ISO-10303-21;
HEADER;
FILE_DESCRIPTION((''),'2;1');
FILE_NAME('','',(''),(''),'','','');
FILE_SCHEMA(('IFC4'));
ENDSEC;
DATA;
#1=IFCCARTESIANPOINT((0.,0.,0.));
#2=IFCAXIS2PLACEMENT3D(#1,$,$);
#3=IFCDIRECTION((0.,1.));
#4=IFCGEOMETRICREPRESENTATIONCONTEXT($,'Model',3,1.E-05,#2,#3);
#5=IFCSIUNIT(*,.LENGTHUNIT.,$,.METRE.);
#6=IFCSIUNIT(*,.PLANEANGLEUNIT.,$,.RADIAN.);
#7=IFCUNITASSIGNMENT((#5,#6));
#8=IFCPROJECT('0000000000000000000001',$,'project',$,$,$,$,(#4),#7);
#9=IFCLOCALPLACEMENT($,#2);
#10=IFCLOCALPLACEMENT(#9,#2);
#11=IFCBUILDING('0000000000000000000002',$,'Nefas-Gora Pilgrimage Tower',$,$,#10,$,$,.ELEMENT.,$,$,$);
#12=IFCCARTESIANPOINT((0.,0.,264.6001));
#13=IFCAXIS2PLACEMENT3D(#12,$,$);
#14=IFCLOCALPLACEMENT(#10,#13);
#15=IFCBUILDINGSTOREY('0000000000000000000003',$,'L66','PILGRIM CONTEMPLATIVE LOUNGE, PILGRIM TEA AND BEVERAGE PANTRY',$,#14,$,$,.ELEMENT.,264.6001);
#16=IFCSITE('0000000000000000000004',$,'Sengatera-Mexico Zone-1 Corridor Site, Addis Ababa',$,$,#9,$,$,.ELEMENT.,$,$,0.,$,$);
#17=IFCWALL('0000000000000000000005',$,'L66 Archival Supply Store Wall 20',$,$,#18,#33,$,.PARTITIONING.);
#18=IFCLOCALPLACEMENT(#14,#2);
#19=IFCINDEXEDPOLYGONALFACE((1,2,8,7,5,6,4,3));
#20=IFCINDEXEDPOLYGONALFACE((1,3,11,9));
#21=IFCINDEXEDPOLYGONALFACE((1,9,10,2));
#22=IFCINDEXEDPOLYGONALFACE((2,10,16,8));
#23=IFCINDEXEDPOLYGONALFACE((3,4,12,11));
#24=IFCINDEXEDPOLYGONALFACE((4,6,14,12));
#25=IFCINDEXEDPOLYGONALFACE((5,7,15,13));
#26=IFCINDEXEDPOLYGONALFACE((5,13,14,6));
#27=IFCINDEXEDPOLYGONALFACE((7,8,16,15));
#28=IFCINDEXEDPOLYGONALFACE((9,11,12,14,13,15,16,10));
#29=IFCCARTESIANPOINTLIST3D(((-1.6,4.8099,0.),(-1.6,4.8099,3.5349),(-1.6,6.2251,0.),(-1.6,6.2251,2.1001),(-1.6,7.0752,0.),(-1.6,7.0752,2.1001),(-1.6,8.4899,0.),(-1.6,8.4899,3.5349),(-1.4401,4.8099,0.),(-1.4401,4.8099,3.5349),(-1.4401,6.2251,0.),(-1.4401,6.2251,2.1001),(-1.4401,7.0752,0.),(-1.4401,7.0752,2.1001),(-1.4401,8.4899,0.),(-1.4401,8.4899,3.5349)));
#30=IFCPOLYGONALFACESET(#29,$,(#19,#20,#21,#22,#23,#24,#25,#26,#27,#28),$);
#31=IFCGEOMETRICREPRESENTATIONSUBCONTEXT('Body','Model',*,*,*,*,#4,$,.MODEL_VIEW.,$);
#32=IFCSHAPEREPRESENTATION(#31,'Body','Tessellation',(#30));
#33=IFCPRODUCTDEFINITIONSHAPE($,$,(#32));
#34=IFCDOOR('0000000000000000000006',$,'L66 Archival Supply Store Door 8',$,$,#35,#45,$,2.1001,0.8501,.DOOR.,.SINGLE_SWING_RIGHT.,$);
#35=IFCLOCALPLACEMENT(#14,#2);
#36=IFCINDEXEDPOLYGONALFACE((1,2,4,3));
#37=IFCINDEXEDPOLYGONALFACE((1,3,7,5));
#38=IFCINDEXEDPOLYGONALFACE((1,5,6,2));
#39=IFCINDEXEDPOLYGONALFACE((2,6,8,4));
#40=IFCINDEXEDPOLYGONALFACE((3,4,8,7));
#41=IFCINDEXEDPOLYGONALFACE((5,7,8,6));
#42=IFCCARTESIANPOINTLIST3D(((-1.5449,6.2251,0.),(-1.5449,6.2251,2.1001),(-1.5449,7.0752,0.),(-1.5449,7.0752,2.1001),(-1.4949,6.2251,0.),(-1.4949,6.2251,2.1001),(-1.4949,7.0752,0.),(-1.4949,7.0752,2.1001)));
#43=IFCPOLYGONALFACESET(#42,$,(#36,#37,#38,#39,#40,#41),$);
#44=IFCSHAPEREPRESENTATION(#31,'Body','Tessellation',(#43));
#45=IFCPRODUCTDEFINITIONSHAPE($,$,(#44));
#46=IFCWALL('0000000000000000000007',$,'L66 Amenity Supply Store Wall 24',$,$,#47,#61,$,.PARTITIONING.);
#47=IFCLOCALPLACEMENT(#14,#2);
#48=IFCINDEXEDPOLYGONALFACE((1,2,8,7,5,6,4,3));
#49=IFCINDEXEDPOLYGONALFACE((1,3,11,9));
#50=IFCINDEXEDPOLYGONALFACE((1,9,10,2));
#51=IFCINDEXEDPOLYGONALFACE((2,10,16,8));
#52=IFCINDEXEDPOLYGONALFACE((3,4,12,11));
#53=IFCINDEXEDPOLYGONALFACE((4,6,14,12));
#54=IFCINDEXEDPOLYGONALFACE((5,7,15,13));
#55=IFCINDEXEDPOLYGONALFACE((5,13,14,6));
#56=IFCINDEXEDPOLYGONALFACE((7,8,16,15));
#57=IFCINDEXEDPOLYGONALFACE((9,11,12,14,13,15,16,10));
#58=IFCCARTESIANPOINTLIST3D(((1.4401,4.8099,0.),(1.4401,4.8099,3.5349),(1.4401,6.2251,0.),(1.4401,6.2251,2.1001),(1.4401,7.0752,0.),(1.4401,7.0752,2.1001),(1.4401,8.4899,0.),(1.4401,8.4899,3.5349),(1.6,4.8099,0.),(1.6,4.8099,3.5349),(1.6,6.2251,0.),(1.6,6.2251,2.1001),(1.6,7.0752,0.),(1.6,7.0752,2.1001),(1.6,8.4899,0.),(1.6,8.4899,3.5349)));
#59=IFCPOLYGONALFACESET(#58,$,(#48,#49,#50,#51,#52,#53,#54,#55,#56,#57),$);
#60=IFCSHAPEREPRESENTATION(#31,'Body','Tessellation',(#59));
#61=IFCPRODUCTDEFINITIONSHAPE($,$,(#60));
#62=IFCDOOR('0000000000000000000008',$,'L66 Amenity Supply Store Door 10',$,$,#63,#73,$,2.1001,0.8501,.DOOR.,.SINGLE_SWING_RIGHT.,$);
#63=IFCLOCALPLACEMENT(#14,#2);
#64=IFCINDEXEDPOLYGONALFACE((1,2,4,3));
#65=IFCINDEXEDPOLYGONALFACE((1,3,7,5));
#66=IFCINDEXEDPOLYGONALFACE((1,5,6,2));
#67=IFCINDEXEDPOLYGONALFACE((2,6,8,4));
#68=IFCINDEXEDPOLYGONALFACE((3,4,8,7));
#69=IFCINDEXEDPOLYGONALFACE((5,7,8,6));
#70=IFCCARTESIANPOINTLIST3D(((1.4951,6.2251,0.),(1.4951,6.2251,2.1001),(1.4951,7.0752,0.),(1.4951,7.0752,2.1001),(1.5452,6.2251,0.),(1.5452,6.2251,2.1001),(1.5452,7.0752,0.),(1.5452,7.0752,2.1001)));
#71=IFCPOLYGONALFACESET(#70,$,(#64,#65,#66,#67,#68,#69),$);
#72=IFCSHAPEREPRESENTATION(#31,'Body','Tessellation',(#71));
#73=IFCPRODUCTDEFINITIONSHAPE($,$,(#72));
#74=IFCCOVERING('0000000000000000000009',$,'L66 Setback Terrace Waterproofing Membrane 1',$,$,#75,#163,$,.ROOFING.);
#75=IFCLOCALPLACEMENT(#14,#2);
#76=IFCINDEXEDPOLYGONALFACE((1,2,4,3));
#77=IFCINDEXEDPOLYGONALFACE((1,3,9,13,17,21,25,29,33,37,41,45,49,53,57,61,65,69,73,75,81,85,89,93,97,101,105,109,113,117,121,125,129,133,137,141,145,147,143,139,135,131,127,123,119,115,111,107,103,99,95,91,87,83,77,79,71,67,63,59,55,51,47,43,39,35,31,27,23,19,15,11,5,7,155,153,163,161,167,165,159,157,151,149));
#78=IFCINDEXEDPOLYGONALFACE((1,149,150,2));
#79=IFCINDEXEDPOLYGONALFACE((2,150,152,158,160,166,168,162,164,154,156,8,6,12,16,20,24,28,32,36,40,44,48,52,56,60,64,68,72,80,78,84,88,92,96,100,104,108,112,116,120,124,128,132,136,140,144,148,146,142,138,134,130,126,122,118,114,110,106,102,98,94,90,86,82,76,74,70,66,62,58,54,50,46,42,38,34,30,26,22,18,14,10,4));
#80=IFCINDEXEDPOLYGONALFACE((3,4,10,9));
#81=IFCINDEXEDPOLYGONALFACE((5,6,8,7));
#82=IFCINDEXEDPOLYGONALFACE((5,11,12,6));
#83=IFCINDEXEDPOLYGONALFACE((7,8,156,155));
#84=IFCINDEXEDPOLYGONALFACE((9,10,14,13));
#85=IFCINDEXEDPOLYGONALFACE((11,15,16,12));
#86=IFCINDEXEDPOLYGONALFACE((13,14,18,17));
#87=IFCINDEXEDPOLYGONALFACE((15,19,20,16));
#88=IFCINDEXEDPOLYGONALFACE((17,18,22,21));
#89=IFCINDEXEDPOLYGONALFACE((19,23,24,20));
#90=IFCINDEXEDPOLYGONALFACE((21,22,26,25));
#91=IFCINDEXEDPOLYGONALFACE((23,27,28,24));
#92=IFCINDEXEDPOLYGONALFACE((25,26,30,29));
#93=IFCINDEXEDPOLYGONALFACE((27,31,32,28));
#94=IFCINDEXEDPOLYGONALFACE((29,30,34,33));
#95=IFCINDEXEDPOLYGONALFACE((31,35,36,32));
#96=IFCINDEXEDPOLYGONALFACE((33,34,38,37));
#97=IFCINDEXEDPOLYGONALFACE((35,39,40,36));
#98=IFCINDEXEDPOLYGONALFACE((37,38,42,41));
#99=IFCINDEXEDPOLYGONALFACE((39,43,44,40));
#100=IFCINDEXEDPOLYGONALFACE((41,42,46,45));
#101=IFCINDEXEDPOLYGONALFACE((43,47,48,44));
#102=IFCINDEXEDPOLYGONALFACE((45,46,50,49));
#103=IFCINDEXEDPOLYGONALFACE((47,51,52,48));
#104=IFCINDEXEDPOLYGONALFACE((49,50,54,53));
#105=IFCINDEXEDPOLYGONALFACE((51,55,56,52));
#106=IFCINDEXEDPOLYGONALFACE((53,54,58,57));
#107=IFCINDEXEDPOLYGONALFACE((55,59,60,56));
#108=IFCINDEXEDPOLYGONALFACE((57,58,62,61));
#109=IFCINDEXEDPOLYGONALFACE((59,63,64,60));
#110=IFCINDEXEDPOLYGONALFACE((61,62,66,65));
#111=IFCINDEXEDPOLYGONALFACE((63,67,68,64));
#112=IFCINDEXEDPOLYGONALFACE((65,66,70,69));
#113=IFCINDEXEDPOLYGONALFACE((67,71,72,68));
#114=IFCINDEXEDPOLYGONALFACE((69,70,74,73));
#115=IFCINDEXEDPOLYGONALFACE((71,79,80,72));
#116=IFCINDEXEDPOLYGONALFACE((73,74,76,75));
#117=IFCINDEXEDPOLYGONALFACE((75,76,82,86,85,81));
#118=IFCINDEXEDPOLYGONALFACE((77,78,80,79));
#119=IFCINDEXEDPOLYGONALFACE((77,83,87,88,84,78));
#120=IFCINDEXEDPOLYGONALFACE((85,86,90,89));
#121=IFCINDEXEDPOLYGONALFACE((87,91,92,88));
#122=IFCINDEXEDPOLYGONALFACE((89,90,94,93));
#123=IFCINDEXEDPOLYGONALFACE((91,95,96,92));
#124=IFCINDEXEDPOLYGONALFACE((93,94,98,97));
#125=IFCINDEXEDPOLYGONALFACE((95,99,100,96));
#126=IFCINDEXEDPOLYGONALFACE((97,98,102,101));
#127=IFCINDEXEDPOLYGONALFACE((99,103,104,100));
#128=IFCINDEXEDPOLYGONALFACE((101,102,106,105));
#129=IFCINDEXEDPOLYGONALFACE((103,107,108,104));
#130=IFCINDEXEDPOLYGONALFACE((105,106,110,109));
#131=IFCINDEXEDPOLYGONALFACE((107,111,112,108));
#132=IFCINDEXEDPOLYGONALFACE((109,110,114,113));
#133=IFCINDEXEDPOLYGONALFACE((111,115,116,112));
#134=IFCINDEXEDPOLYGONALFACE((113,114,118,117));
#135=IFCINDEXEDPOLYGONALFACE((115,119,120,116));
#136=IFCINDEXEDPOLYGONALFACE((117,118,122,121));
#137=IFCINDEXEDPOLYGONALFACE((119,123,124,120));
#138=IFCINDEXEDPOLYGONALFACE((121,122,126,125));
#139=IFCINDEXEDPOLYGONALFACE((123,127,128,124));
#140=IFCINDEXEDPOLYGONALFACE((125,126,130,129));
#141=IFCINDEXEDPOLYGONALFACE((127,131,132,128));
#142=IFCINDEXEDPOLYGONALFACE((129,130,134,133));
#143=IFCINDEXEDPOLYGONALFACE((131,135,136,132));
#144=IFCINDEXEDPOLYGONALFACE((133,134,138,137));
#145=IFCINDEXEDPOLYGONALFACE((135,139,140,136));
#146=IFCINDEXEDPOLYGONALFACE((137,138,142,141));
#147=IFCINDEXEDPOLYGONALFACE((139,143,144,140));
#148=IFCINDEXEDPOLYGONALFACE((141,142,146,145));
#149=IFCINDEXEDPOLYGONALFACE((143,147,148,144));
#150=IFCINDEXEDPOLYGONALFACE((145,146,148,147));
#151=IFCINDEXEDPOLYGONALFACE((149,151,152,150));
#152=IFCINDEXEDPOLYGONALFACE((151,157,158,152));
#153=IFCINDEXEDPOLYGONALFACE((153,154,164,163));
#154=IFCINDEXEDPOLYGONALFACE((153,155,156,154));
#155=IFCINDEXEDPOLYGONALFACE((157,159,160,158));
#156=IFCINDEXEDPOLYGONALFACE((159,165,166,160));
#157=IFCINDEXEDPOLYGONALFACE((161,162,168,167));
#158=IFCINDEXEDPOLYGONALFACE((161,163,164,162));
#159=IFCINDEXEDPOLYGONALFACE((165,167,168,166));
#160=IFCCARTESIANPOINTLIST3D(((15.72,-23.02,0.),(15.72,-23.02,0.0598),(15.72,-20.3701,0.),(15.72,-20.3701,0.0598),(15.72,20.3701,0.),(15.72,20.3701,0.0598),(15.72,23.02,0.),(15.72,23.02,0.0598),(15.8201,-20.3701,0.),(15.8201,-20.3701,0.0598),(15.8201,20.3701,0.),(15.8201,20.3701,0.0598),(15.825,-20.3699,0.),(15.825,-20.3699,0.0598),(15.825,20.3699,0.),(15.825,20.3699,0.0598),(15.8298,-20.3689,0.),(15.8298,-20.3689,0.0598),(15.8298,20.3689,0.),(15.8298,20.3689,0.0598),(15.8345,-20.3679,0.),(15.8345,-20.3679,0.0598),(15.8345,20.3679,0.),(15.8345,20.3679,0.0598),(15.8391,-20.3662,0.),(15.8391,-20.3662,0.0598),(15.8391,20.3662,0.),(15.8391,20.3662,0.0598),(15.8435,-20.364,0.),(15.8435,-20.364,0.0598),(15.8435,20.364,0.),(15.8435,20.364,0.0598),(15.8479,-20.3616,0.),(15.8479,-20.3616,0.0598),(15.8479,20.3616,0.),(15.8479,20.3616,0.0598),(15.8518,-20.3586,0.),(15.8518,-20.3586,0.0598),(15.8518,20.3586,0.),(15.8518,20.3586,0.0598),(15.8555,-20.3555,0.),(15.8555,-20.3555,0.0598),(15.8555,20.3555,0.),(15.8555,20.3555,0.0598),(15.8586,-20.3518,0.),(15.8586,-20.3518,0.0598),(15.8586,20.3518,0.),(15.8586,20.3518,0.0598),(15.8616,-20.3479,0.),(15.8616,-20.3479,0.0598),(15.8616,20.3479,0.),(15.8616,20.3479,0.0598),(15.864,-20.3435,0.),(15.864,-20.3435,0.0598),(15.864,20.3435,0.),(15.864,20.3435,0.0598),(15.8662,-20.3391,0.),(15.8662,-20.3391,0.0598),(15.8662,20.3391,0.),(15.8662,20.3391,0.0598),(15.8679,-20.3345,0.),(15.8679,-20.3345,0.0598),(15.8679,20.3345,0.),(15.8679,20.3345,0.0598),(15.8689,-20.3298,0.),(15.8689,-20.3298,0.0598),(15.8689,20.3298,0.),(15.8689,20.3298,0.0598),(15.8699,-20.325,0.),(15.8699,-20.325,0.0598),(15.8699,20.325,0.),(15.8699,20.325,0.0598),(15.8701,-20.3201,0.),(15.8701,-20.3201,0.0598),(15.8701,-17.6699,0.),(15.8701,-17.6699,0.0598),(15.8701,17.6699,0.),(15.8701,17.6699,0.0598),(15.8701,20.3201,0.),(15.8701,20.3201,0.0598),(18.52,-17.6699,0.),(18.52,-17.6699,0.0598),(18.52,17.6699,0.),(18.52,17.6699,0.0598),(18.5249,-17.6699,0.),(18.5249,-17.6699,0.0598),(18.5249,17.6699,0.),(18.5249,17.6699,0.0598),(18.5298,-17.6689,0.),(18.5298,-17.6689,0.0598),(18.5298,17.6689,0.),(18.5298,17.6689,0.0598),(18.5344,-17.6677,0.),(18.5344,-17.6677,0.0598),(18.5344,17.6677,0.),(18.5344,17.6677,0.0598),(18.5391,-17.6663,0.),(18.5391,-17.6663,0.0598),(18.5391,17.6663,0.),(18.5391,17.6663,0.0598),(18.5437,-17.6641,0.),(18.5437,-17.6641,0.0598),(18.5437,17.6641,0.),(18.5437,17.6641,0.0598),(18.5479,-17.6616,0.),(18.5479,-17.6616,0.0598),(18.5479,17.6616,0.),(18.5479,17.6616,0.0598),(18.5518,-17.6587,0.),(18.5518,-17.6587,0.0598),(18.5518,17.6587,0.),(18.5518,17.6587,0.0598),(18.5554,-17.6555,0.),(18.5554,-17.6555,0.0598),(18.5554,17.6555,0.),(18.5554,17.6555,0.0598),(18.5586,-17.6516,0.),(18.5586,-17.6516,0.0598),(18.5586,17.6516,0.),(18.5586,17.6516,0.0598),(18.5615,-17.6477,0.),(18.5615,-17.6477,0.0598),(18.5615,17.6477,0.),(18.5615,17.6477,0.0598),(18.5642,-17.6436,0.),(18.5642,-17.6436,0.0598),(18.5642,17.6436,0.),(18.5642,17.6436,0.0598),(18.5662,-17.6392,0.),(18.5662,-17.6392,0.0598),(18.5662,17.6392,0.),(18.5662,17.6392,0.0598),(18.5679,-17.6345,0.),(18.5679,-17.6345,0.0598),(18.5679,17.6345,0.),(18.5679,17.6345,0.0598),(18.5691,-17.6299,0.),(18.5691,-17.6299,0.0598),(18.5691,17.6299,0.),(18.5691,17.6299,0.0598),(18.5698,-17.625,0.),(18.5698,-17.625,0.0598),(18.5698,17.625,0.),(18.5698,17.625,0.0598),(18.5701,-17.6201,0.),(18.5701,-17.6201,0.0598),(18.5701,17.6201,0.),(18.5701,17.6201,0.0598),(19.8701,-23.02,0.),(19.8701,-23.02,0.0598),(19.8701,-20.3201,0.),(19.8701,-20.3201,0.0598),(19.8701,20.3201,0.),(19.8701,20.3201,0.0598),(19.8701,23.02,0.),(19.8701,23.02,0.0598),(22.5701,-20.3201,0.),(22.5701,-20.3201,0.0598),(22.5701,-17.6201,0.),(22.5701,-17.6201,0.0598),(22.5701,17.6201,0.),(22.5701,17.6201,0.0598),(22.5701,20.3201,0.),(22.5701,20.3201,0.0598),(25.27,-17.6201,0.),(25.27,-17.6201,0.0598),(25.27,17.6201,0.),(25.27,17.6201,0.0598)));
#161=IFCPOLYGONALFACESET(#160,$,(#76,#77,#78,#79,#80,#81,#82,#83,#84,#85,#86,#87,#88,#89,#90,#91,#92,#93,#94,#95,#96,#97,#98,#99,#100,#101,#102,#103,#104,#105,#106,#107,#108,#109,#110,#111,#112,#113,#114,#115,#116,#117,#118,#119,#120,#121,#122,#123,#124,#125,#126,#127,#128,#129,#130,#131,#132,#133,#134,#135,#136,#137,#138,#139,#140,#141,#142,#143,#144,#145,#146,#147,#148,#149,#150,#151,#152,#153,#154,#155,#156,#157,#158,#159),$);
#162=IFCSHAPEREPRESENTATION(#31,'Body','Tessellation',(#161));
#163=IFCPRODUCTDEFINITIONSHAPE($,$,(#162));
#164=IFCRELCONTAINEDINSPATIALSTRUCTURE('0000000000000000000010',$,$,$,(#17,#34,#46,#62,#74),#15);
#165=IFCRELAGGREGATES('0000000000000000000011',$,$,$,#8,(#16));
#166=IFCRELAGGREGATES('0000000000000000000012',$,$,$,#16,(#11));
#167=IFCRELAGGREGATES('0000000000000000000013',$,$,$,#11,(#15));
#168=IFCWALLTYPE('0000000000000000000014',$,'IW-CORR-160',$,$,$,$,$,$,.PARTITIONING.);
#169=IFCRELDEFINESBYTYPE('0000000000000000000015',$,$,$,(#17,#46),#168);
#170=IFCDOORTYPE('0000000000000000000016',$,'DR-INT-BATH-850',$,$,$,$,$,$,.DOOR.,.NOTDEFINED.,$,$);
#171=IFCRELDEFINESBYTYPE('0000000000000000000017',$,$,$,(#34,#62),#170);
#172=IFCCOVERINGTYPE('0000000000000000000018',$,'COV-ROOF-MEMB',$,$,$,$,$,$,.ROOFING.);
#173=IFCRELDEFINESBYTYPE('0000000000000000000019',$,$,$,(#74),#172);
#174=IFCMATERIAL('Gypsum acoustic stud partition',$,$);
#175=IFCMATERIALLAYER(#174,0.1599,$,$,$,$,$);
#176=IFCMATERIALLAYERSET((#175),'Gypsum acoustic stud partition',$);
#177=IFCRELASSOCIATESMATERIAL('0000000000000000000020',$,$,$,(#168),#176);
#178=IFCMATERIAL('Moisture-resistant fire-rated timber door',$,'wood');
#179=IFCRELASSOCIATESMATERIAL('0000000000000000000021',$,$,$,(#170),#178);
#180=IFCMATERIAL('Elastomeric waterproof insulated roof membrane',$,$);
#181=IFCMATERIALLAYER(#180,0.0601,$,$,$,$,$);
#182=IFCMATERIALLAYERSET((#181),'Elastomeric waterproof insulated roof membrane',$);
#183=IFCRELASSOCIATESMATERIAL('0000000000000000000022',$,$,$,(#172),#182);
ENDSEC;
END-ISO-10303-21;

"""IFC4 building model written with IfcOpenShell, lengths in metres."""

from ifc_helpers import new_model, si_unit, direction, frame, frame_2d, origin, place, context, subcontext, project, spatial, polyline, rectangle, outline, extrude, source, transform, mapped, material, layer, layer_set, type_object, element, fill, save


model = new_model("IFC4")

# Units and contexts
model_context = context("Model", 3, precision=1e-05, world=origin(), true_north=direction((0.0, 1.0)))
body_context = subcontext(model_context, "Body", "Model", "MODEL_VIEW")
ifc_project = project(units=[si_unit("LENGTHUNIT", "METRE"), si_unit("PLANEANGLEUNIT", "RADIAN")], contexts=[model_context])

# Site, building, storey
site_placement = place(None, origin())
site = spatial("IfcSite", under=ifc_project, at=site_placement, Name="Sengatera-Mexico Zone-1 Corridor Site, Addis Ababa", CompositionType="ELEMENT", RefElevation=0.0)
building_placement = place(site_placement, origin())
building = spatial("IfcBuilding", under=site, at=building_placement, Name="Nefas-Gora Pilgrimage Tower", CompositionType="ELEMENT")
storey_placement = place(building_placement, frame((0.0, 0.0, 264.6001)))
storey = spatial("IfcBuildingStorey", under=building, at=storey_placement, Name="L66", Description="PILGRIM CONTEMPLATIVE LOUNGE, PILGRIM TEA AND BEVERAGE PANTRY", CompositionType="ELEMENT", Elevation=264.6001)

# Shared definitions
ifc_material_1 = material(Name="Gypsum acoustic stud partition")
ifc_layer_1 = layer(ifc_material_1, 0.1599)
ifc_layer_set_1 = layer_set([ifc_layer_1], Name="Gypsum acoustic stud partition")
wall_type_1 = type_object("IfcWallType", Name="IW-CORR-160", PredefinedType="PARTITIONING", material=ifc_layer_set_1)

# Walls, openings, doors
ifc_material_2 = material(Name="Moisture-resistant fire-rated timber door", Category="wood")
door_type_1 = type_object("IfcDoorType", Name="DR-INT-BATH-850", OperationType="NOTDEFINED", PredefinedType="DOOR", material=ifc_material_2)
shared_shape_1 = source(origin(), body_context, "Body", "SweptSolid", [
    extrude(rectangle(XDim=0.8501, YDim=2.1001, at=frame_2d((0.425, 1.05))), frame((0.0, 0.0249, 0.0), z_axis=(0.0, -1.0, 0.0), x_axis=(1.0, 0.0, 0.0)), (0.0, 0.0, 1.0), 0.05),
])
shared_shape_2 = source(origin(), body_context, "Body", "SweptSolid", [
    extrude(rectangle(XDim=3.6799, YDim=0.1599, at=frame_2d((1.8398, 0.0))), origin(), (0.0, 0.0, 1.0), 3.5349),
])
wall_1_placement = place(storey_placement, frame((-1.52, 4.8101, 0.0), z_axis=(0.0, 0.0, 1.0), x_axis=(0.0, 1.0, 0.0)))
wall_1 = element("IfcWall", 1, at=wall_1_placement, inside=storey, type_object=wall_type_1, Name="L66 Archival Supply Store Wall 20", PredefinedType="PARTITIONING", context=body_context, shape_type="MappedRepresentation", body=[
    mapped(shared_shape_2, transform((0.0, 0.0, 0.0), x_axis=(1.0, 0.0, 0.0), y_axis=(0.0, 1.0, 0.0), z_axis=(0.0, 0.0, 1.0), scale=1.0)),
])
opening_1_placement = place(wall_1_placement, frame((1.415, 0.0, 0.0)))
opening_1 = element("IfcOpeningElement", 2, at=opening_1_placement, cuts=wall_1, PredefinedType="OPENING", context=body_context, shape_type="SweptSolid", body=[
    extrude(rectangle(XDim=0.8501, YDim=2.1001, at=frame_2d((0.425, 1.05))), frame((0.0, 0.0898, 0.0), z_axis=(0.0, -1.0, 0.0), x_axis=(1.0, 0.0, 0.0)), (0.0, 0.0, 1.0), 0.1799),
])
door_1_placement = place(opening_1_placement, origin())
door_1 = element("IfcDoor", 3, at=door_1_placement, inside=storey, type_object=door_type_1, Name="L66 Archival Supply Store Door 8", OperationType="SINGLE_SWING_RIGHT", OverallHeight=2.1001, OverallWidth=0.8501, PredefinedType="DOOR", context=body_context, shape_type="MappedRepresentation", body=[
    mapped(shared_shape_1, transform((0.0, 0.0, 0.0), x_axis=(1.0, 0.0, 0.0), y_axis=(0.0, 1.0, 0.0), z_axis=(0.0, 0.0, 1.0), scale=1.0)),
])
fill(opening_1, door_1)
wall_2_placement = place(storey_placement, frame((1.52, 4.8101, 0.0), z_axis=(0.0, 0.0, 1.0), x_axis=(0.0, 1.0, 0.0)))
wall_2 = element("IfcWall", 4, at=wall_2_placement, inside=storey, type_object=wall_type_1, Name="L66 Amenity Supply Store Wall 24", PredefinedType="PARTITIONING", context=body_context, shape_type="MappedRepresentation", body=[
    mapped(shared_shape_2, transform((0.0, 0.0, 0.0), x_axis=(1.0, 0.0, 0.0), y_axis=(0.0, 1.0, 0.0), z_axis=(0.0, 0.0, 1.0), scale=1.0)),
])
opening_2_placement = place(wall_2_placement, frame((1.415, 0.0, 0.0)))
opening_2 = element("IfcOpeningElement", 5, at=opening_2_placement, cuts=wall_2, PredefinedType="OPENING", context=body_context, shape_type="SweptSolid", body=[
    extrude(rectangle(XDim=0.8501, YDim=2.1001, at=frame_2d((0.425, 1.05))), frame((0.0, 0.0898, 0.0), z_axis=(0.0, -1.0, 0.0), x_axis=(1.0, 0.0, 0.0)), (0.0, 0.0, 1.0), 0.1799),
])
door_2_placement = place(opening_2_placement, origin())
door_2 = element("IfcDoor", 6, at=door_2_placement, inside=storey, type_object=door_type_1, Name="L66 Amenity Supply Store Door 10", OperationType="SINGLE_SWING_RIGHT", OverallHeight=2.1001, OverallWidth=0.8501, PredefinedType="DOOR", context=body_context, shape_type="MappedRepresentation", body=[
    mapped(shared_shape_1, transform((0.0, 0.0, 0.0), x_axis=(1.0, 0.0, 0.0), y_axis=(0.0, 1.0, 0.0), z_axis=(0.0, 0.0, 1.0), scale=1.0)),
])
fill(opening_2, door_2)

# Covering
ifc_material_3 = material(Name="Elastomeric waterproof insulated roof membrane")
ifc_layer_2 = layer(ifc_material_3, 0.0601)
ifc_layer_set_2 = layer_set([ifc_layer_2], Name="Elastomeric waterproof insulated roof membrane")
covering_type = type_object("IfcCoveringType", Name="COV-ROOF-MEMB", PredefinedType="ROOFING", material=ifc_layer_set_2)
covering_placement = place(storey_placement, origin())
element("IfcCovering", 7, at=covering_placement, inside=storey, type_object=covering_type, Name="L66 Setback Terrace Waterproofing Membrane 1", PredefinedType="ROOFING", context=body_context, shape_type="SweptSolid", body=[
    extrude(outline(polyline([(19.8701, 23.02), (15.72, 23.02), (15.72, 20.3701), (15.8201, 20.3701), (15.825, 20.3699), (15.8298, 20.3689), (15.8345, 20.3679), (15.8391, 20.3662), (15.8435, 20.364), (15.8479, 20.3616), (15.8518, 20.3586), (15.8555, 20.3555), (15.8586, 20.3518), (15.8616, 20.3479), (15.864, 20.3435), (15.8662, 20.3391), (15.8679, 20.3345), (15.8689, 20.3298), (15.8699, 20.325), (15.8701, 20.3201), (15.8701, 17.6699), (18.52, 17.6699), (18.5249, 17.6699), (18.5298, 17.6689), (18.5344, 17.6677), (18.5391, 17.6663), (18.5437, 17.6641), (18.5479, 17.6616), (18.5518, 17.6587), (18.5554, 17.6555), (18.5586, 17.6516), (18.5615, 17.6477), (18.5642, 17.6436), (18.5662, 17.6392), (18.5679, 17.6345), (18.5691, 17.6299), (18.5698, 17.625), (18.5701, 17.6201), (18.5701, -17.6201), (18.5698, -17.625), (18.5691, -17.6299), (18.5679, -17.6345), (18.5662, -17.6392), (18.5642, -17.6436), (18.5615, -17.6477), (18.5586, -17.6516), (18.5554, -17.6555), (18.5518, -17.6587), (18.5479, -17.6616), (18.5437, -17.6641), (18.5391, -17.6663), (18.5344, -17.6677), (18.5298, -17.6689), (18.5249, -17.6699), (18.52, -17.6699), (15.8701, -17.6699), (15.8701, -20.3201), (15.8699, -20.325), (15.8689, -20.3298), (15.8679, -20.3345), (15.8662, -20.3391), (15.864, -20.3435), (15.8616, -20.3479), (15.8586, -20.3518), (15.8555, -20.3555), (15.8518, -20.3586), (15.8479, -20.3616), (15.8435, -20.364), (15.8391, -20.3662), (15.8345, -20.3679), (15.8298, -20.3689), (15.825, -20.3699), (15.8201, -20.3701), (15.72, -20.3701), (15.72, -23.02), (19.8701, -23.02), (19.8701, -20.3201), (22.5701, -20.3201), (22.5701, -17.6201), (25.27, -17.6201), (25.27, 17.6201), (22.5701, 17.6201), (22.5701, 20.3201), (19.8701, 20.3201), (19.8701, 23.02)])), origin(), (0.0, 0.0, 1.0), 0.0598),
])

save(model, "model.ifc")
